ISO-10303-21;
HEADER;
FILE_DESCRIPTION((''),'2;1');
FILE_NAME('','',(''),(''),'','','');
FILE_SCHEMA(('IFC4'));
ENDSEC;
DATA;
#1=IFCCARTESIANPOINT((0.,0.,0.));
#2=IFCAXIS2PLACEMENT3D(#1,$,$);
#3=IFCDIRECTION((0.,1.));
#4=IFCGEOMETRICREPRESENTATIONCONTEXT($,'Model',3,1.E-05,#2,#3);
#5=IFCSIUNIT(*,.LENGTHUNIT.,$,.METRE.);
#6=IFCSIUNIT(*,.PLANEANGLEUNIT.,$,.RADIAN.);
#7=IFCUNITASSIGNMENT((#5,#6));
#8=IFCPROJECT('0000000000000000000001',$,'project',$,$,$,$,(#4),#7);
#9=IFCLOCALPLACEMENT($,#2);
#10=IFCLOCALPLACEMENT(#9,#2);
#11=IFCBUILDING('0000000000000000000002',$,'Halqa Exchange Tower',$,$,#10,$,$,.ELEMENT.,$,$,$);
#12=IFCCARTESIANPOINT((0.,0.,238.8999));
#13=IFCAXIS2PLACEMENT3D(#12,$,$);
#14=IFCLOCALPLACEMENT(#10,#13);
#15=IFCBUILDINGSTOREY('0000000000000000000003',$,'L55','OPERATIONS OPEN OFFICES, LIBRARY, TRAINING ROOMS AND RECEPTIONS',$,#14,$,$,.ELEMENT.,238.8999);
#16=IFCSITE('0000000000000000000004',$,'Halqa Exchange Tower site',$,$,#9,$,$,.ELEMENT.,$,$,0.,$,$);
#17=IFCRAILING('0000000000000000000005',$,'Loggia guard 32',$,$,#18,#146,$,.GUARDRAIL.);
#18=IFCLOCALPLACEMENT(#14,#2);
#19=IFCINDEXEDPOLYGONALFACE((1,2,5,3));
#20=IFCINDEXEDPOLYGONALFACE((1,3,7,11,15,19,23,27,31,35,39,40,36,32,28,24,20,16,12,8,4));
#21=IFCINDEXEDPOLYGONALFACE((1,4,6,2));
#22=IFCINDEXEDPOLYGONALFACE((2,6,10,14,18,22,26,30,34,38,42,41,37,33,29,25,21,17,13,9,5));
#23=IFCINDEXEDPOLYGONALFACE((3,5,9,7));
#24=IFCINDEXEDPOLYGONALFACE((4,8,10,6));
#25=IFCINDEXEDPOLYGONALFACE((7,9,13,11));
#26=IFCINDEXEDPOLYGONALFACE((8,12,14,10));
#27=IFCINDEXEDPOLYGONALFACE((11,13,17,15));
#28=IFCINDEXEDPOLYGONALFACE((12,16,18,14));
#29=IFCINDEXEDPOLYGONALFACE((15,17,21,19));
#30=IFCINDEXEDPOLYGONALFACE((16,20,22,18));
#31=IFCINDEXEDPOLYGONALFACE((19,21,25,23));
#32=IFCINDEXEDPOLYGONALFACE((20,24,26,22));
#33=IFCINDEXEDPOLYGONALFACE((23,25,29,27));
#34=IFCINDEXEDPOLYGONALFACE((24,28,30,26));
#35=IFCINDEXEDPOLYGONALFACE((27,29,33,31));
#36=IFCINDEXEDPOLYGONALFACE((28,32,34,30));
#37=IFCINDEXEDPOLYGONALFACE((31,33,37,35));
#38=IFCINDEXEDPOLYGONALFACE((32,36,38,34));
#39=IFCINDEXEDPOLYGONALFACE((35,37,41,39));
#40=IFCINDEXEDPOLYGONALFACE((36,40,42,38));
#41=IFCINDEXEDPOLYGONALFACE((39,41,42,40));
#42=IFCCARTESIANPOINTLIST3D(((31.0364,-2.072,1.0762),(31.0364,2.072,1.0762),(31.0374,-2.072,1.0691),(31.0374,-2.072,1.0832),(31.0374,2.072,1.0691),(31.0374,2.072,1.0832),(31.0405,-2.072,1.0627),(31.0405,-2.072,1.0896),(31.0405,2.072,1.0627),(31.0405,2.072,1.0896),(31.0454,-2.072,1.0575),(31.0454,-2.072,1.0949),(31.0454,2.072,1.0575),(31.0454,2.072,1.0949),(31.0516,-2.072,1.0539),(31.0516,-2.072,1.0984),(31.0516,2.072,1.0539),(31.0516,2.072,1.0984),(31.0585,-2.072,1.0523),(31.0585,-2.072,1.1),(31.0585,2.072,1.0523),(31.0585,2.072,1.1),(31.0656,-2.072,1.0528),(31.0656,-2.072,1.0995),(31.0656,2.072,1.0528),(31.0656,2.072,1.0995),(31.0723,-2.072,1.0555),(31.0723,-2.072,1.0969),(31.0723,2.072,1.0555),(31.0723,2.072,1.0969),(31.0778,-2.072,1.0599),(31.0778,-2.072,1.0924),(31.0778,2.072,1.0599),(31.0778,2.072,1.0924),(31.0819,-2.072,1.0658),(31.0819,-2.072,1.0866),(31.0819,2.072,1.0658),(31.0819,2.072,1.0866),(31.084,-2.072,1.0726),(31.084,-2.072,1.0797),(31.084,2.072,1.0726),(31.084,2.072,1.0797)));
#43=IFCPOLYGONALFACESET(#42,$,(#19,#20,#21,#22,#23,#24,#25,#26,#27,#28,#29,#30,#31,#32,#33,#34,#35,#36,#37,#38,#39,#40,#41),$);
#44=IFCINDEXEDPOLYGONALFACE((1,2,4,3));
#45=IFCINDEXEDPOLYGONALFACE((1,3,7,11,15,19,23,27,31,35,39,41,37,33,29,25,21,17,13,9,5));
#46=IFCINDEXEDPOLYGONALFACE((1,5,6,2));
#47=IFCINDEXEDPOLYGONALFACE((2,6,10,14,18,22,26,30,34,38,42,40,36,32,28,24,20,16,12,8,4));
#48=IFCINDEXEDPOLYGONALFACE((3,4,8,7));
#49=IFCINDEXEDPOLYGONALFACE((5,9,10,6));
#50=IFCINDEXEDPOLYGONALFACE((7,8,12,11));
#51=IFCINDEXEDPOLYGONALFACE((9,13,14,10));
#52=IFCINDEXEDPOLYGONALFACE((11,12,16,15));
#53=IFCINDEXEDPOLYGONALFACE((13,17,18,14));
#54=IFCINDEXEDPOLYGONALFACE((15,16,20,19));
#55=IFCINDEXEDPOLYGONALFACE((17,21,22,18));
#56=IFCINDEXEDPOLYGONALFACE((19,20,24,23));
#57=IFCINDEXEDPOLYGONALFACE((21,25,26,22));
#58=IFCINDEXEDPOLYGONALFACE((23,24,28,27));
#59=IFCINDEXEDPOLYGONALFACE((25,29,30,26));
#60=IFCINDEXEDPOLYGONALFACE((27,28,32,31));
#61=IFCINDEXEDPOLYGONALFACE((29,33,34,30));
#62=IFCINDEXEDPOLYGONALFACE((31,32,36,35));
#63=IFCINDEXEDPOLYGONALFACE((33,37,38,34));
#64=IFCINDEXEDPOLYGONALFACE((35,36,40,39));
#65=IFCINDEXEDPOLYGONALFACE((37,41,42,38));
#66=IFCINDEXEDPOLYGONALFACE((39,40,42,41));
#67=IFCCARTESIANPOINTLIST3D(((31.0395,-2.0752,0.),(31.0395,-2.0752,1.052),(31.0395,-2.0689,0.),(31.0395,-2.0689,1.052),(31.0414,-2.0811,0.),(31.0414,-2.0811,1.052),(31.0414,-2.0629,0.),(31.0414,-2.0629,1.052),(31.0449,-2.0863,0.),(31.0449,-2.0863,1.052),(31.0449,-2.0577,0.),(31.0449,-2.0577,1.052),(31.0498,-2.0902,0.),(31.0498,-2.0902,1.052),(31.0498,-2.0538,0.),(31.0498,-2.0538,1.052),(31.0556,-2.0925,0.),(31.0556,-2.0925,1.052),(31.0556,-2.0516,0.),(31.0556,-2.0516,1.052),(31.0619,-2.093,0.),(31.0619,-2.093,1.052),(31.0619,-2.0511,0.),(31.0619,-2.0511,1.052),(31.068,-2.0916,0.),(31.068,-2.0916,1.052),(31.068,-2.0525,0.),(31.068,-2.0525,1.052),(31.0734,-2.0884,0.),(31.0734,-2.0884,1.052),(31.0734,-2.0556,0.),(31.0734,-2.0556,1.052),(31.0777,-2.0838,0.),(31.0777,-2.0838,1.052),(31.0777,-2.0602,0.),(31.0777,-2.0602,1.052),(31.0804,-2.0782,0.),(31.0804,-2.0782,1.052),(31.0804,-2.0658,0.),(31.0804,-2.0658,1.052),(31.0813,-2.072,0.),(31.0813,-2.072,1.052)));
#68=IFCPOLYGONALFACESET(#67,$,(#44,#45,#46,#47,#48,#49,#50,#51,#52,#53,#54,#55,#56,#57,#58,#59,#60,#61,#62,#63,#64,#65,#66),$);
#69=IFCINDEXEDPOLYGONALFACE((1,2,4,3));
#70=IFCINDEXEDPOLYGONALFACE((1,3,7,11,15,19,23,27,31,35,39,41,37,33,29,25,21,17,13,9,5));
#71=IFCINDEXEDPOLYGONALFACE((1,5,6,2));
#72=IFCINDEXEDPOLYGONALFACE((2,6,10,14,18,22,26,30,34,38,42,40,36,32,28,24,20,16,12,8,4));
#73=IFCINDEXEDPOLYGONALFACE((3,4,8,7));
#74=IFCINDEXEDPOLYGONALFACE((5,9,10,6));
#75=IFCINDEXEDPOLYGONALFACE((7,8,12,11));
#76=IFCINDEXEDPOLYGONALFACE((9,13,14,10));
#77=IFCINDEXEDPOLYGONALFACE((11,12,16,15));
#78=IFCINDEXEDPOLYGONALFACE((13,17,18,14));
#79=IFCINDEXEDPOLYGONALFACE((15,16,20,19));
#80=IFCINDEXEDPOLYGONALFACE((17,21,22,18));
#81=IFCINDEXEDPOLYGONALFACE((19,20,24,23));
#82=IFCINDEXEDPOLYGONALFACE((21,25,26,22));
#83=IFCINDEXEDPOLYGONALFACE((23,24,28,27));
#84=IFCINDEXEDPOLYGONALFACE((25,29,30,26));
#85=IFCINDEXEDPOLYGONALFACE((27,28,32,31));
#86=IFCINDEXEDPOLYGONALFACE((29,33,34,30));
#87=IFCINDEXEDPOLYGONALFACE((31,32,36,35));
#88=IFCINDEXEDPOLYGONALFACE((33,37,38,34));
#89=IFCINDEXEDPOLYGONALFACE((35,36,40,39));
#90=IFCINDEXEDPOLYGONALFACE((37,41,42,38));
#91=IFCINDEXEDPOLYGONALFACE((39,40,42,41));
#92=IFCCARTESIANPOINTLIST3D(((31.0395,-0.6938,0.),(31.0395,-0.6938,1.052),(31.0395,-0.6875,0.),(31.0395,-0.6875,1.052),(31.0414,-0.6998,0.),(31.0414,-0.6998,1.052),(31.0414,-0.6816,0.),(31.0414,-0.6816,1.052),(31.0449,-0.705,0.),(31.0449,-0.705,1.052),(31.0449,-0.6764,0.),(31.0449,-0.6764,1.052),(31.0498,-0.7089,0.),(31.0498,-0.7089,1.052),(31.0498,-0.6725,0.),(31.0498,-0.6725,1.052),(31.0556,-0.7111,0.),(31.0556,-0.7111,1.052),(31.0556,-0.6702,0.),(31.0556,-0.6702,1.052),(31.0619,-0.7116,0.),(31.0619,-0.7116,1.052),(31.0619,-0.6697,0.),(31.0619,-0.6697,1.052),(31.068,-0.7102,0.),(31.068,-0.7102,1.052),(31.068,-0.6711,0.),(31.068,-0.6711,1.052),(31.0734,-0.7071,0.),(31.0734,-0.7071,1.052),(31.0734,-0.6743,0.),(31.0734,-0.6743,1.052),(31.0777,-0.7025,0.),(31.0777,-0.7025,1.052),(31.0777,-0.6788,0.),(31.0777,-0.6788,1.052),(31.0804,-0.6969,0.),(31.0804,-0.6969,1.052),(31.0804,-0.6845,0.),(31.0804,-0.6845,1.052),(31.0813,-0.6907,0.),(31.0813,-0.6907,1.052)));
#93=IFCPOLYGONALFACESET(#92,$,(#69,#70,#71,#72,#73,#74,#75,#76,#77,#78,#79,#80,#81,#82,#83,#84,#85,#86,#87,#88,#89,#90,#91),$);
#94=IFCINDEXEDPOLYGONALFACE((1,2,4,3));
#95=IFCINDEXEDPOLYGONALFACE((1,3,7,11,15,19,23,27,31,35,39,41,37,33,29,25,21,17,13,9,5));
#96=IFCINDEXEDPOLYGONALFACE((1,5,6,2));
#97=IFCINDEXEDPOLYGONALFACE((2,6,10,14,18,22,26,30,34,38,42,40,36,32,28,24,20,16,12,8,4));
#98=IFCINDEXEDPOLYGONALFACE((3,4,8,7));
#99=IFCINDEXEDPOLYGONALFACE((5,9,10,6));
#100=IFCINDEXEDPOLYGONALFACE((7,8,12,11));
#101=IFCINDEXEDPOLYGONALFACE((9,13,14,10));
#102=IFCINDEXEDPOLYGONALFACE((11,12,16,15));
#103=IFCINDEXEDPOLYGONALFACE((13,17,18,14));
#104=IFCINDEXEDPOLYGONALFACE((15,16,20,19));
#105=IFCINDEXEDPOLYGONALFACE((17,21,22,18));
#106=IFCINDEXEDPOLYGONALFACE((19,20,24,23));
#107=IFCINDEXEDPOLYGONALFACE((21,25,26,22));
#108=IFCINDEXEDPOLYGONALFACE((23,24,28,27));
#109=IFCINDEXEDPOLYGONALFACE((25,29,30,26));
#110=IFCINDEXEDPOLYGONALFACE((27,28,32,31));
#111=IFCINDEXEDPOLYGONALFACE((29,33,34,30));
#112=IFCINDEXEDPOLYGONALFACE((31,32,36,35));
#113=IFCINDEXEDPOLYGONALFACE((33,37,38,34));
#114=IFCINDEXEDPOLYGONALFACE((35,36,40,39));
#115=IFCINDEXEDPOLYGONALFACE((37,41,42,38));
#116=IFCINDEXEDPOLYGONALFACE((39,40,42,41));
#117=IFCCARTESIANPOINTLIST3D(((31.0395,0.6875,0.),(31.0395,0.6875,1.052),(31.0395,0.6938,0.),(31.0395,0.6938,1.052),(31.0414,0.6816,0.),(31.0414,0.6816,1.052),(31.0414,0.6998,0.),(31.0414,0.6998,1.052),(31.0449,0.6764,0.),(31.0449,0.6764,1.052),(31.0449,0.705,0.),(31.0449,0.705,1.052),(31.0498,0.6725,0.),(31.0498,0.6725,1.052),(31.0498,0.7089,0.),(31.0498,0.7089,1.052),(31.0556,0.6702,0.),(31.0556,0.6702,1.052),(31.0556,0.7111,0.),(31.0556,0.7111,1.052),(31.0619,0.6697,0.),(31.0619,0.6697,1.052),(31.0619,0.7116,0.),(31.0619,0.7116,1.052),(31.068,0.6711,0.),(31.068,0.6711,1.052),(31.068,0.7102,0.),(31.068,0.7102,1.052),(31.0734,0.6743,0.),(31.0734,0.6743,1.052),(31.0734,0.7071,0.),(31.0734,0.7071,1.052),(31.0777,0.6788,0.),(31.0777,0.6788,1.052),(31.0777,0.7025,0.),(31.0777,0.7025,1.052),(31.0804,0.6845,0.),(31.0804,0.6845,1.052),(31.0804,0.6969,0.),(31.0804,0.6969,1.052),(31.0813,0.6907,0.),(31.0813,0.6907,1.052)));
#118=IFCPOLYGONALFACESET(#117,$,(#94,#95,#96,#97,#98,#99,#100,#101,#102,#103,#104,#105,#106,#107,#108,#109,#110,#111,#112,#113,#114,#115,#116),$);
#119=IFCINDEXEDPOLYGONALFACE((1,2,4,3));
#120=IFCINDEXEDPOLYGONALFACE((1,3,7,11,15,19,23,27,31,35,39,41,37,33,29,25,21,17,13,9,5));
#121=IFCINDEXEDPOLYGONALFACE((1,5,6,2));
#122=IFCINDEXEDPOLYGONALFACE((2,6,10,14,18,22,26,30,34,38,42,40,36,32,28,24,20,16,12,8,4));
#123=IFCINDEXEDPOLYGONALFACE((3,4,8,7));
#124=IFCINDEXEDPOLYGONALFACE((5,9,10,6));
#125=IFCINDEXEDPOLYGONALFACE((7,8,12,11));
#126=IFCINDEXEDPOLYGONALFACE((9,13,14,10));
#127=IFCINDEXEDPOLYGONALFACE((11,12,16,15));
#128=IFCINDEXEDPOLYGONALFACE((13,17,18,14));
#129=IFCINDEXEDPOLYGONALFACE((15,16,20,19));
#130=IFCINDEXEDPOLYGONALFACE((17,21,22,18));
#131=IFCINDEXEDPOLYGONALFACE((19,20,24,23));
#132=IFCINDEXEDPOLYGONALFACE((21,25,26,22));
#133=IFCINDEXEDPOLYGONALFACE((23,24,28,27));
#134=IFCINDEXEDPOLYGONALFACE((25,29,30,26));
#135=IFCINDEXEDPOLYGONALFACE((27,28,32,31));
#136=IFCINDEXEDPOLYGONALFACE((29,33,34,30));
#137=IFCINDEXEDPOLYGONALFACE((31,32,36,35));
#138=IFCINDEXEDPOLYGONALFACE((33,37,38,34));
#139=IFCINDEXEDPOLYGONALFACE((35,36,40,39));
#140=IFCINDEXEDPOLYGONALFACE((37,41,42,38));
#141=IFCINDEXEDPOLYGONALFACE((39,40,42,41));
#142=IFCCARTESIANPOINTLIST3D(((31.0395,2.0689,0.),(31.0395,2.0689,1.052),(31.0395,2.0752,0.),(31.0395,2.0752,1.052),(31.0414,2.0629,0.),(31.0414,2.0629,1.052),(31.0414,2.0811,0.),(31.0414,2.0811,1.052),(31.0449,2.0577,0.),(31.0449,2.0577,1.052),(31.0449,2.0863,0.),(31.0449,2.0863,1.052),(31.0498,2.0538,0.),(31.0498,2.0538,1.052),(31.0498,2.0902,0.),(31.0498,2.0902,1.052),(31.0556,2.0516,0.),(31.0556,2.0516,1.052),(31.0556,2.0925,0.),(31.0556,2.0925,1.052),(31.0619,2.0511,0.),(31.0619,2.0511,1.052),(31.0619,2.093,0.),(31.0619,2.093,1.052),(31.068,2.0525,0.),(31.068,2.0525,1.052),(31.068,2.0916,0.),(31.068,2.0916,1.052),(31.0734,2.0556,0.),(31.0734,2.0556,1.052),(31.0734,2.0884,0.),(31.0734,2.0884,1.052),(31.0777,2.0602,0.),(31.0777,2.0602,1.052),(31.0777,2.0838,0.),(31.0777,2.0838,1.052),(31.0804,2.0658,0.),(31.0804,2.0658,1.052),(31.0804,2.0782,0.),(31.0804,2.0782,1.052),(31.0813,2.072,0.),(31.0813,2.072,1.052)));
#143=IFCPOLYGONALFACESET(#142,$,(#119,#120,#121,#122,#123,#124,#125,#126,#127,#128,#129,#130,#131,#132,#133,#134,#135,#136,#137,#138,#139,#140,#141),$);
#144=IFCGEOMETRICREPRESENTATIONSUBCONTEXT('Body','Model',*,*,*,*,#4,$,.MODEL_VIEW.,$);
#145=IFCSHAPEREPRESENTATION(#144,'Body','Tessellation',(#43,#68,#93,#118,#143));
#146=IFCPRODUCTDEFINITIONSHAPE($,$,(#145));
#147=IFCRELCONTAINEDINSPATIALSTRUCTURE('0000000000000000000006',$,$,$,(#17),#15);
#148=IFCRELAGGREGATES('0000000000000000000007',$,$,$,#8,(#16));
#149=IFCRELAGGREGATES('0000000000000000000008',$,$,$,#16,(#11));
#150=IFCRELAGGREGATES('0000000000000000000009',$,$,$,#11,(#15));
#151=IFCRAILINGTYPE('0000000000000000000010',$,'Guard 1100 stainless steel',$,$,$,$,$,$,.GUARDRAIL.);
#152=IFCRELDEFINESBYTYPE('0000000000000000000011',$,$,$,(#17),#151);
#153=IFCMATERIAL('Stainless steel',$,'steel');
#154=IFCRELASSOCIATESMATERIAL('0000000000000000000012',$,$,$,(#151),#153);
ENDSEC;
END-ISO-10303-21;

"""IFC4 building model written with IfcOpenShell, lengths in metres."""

from ifc_helpers import new_model, si_unit, direction, frame, origin, origin_2d, place, context, subcontext, project, spatial, circle, extrude, material, type_object, element, save


model = new_model("IFC4")

# Units and contexts
model_context = context("Model", 3, precision=1e-05, world=origin(), true_north=direction((0.0, 1.0)))
body_context = subcontext(model_context, "Body", "Model", "MODEL_VIEW")
ifc_project = project(units=[si_unit("LENGTHUNIT", "METRE"), si_unit("PLANEANGLEUNIT", "RADIAN")], contexts=[model_context])

# Site, building, storey
site_placement = place(None, origin())
site = spatial("IfcSite", under=ifc_project, at=site_placement, Name="Halqa Exchange Tower site", CompositionType="ELEMENT", RefElevation=0.0)
building_placement = place(site_placement, origin())
building = spatial("IfcBuilding", under=site, at=building_placement, Name="Halqa Exchange Tower", CompositionType="ELEMENT")
storey_placement = place(building_placement, frame((0.0, 0.0, 238.8999)))
storey = spatial("IfcBuildingStorey", under=building, at=storey_placement, Name="L55", Description="OPERATIONS OPEN OFFICES, LIBRARY, TRAINING ROOMS AND RECEPTIONS", CompositionType="ELEMENT", Elevation=238.8999)

# Railing
ifc_material_1 = material(Name="Stainless steel", Category="steel")
railing_type = type_object("IfcRailingType", Name="Guard 1100 stainless steel", PredefinedType="GUARDRAIL", material=ifc_material_1)
railing_1_placement = place(storey_placement, frame((31.0603, -2.072, 0.0)))
element("IfcRailing", 1, at=railing_1_placement, inside=storey, type_object=railing_type, Name="Loggia guard 32", PredefinedType="GUARDRAIL", context=body_context, shape_type="SweptSolid", body=[
    extrude(circle(Radius=0.0239, at=origin_2d()), frame((0.0, 0.0, 1.0762), z_axis=(0.0, 1.0, 0.0), x_axis=(-1.0, 0.0, 0.0)), (0.0, 0.0, 1.0), 4.144),
    extrude(circle(Radius=0.021, at=origin_2d()), origin(), (0.0, 0.0, 1.0), 1.052),
    extrude(circle(Radius=0.021, at=origin_2d()), frame((0.0, 1.3813, 0.0)), (0.0, 0.0, 1.0), 1.052),
    extrude(circle(Radius=0.021, at=origin_2d()), frame((0.0, 2.7627, 0.0)), (0.0, 0.0, 1.0), 1.052),
    extrude(circle(Radius=0.021, at=origin_2d()), frame((0.0, 4.144, 0.0)), (0.0, 0.0, 1.0), 1.052),
])

save(model, "model.ifc")
